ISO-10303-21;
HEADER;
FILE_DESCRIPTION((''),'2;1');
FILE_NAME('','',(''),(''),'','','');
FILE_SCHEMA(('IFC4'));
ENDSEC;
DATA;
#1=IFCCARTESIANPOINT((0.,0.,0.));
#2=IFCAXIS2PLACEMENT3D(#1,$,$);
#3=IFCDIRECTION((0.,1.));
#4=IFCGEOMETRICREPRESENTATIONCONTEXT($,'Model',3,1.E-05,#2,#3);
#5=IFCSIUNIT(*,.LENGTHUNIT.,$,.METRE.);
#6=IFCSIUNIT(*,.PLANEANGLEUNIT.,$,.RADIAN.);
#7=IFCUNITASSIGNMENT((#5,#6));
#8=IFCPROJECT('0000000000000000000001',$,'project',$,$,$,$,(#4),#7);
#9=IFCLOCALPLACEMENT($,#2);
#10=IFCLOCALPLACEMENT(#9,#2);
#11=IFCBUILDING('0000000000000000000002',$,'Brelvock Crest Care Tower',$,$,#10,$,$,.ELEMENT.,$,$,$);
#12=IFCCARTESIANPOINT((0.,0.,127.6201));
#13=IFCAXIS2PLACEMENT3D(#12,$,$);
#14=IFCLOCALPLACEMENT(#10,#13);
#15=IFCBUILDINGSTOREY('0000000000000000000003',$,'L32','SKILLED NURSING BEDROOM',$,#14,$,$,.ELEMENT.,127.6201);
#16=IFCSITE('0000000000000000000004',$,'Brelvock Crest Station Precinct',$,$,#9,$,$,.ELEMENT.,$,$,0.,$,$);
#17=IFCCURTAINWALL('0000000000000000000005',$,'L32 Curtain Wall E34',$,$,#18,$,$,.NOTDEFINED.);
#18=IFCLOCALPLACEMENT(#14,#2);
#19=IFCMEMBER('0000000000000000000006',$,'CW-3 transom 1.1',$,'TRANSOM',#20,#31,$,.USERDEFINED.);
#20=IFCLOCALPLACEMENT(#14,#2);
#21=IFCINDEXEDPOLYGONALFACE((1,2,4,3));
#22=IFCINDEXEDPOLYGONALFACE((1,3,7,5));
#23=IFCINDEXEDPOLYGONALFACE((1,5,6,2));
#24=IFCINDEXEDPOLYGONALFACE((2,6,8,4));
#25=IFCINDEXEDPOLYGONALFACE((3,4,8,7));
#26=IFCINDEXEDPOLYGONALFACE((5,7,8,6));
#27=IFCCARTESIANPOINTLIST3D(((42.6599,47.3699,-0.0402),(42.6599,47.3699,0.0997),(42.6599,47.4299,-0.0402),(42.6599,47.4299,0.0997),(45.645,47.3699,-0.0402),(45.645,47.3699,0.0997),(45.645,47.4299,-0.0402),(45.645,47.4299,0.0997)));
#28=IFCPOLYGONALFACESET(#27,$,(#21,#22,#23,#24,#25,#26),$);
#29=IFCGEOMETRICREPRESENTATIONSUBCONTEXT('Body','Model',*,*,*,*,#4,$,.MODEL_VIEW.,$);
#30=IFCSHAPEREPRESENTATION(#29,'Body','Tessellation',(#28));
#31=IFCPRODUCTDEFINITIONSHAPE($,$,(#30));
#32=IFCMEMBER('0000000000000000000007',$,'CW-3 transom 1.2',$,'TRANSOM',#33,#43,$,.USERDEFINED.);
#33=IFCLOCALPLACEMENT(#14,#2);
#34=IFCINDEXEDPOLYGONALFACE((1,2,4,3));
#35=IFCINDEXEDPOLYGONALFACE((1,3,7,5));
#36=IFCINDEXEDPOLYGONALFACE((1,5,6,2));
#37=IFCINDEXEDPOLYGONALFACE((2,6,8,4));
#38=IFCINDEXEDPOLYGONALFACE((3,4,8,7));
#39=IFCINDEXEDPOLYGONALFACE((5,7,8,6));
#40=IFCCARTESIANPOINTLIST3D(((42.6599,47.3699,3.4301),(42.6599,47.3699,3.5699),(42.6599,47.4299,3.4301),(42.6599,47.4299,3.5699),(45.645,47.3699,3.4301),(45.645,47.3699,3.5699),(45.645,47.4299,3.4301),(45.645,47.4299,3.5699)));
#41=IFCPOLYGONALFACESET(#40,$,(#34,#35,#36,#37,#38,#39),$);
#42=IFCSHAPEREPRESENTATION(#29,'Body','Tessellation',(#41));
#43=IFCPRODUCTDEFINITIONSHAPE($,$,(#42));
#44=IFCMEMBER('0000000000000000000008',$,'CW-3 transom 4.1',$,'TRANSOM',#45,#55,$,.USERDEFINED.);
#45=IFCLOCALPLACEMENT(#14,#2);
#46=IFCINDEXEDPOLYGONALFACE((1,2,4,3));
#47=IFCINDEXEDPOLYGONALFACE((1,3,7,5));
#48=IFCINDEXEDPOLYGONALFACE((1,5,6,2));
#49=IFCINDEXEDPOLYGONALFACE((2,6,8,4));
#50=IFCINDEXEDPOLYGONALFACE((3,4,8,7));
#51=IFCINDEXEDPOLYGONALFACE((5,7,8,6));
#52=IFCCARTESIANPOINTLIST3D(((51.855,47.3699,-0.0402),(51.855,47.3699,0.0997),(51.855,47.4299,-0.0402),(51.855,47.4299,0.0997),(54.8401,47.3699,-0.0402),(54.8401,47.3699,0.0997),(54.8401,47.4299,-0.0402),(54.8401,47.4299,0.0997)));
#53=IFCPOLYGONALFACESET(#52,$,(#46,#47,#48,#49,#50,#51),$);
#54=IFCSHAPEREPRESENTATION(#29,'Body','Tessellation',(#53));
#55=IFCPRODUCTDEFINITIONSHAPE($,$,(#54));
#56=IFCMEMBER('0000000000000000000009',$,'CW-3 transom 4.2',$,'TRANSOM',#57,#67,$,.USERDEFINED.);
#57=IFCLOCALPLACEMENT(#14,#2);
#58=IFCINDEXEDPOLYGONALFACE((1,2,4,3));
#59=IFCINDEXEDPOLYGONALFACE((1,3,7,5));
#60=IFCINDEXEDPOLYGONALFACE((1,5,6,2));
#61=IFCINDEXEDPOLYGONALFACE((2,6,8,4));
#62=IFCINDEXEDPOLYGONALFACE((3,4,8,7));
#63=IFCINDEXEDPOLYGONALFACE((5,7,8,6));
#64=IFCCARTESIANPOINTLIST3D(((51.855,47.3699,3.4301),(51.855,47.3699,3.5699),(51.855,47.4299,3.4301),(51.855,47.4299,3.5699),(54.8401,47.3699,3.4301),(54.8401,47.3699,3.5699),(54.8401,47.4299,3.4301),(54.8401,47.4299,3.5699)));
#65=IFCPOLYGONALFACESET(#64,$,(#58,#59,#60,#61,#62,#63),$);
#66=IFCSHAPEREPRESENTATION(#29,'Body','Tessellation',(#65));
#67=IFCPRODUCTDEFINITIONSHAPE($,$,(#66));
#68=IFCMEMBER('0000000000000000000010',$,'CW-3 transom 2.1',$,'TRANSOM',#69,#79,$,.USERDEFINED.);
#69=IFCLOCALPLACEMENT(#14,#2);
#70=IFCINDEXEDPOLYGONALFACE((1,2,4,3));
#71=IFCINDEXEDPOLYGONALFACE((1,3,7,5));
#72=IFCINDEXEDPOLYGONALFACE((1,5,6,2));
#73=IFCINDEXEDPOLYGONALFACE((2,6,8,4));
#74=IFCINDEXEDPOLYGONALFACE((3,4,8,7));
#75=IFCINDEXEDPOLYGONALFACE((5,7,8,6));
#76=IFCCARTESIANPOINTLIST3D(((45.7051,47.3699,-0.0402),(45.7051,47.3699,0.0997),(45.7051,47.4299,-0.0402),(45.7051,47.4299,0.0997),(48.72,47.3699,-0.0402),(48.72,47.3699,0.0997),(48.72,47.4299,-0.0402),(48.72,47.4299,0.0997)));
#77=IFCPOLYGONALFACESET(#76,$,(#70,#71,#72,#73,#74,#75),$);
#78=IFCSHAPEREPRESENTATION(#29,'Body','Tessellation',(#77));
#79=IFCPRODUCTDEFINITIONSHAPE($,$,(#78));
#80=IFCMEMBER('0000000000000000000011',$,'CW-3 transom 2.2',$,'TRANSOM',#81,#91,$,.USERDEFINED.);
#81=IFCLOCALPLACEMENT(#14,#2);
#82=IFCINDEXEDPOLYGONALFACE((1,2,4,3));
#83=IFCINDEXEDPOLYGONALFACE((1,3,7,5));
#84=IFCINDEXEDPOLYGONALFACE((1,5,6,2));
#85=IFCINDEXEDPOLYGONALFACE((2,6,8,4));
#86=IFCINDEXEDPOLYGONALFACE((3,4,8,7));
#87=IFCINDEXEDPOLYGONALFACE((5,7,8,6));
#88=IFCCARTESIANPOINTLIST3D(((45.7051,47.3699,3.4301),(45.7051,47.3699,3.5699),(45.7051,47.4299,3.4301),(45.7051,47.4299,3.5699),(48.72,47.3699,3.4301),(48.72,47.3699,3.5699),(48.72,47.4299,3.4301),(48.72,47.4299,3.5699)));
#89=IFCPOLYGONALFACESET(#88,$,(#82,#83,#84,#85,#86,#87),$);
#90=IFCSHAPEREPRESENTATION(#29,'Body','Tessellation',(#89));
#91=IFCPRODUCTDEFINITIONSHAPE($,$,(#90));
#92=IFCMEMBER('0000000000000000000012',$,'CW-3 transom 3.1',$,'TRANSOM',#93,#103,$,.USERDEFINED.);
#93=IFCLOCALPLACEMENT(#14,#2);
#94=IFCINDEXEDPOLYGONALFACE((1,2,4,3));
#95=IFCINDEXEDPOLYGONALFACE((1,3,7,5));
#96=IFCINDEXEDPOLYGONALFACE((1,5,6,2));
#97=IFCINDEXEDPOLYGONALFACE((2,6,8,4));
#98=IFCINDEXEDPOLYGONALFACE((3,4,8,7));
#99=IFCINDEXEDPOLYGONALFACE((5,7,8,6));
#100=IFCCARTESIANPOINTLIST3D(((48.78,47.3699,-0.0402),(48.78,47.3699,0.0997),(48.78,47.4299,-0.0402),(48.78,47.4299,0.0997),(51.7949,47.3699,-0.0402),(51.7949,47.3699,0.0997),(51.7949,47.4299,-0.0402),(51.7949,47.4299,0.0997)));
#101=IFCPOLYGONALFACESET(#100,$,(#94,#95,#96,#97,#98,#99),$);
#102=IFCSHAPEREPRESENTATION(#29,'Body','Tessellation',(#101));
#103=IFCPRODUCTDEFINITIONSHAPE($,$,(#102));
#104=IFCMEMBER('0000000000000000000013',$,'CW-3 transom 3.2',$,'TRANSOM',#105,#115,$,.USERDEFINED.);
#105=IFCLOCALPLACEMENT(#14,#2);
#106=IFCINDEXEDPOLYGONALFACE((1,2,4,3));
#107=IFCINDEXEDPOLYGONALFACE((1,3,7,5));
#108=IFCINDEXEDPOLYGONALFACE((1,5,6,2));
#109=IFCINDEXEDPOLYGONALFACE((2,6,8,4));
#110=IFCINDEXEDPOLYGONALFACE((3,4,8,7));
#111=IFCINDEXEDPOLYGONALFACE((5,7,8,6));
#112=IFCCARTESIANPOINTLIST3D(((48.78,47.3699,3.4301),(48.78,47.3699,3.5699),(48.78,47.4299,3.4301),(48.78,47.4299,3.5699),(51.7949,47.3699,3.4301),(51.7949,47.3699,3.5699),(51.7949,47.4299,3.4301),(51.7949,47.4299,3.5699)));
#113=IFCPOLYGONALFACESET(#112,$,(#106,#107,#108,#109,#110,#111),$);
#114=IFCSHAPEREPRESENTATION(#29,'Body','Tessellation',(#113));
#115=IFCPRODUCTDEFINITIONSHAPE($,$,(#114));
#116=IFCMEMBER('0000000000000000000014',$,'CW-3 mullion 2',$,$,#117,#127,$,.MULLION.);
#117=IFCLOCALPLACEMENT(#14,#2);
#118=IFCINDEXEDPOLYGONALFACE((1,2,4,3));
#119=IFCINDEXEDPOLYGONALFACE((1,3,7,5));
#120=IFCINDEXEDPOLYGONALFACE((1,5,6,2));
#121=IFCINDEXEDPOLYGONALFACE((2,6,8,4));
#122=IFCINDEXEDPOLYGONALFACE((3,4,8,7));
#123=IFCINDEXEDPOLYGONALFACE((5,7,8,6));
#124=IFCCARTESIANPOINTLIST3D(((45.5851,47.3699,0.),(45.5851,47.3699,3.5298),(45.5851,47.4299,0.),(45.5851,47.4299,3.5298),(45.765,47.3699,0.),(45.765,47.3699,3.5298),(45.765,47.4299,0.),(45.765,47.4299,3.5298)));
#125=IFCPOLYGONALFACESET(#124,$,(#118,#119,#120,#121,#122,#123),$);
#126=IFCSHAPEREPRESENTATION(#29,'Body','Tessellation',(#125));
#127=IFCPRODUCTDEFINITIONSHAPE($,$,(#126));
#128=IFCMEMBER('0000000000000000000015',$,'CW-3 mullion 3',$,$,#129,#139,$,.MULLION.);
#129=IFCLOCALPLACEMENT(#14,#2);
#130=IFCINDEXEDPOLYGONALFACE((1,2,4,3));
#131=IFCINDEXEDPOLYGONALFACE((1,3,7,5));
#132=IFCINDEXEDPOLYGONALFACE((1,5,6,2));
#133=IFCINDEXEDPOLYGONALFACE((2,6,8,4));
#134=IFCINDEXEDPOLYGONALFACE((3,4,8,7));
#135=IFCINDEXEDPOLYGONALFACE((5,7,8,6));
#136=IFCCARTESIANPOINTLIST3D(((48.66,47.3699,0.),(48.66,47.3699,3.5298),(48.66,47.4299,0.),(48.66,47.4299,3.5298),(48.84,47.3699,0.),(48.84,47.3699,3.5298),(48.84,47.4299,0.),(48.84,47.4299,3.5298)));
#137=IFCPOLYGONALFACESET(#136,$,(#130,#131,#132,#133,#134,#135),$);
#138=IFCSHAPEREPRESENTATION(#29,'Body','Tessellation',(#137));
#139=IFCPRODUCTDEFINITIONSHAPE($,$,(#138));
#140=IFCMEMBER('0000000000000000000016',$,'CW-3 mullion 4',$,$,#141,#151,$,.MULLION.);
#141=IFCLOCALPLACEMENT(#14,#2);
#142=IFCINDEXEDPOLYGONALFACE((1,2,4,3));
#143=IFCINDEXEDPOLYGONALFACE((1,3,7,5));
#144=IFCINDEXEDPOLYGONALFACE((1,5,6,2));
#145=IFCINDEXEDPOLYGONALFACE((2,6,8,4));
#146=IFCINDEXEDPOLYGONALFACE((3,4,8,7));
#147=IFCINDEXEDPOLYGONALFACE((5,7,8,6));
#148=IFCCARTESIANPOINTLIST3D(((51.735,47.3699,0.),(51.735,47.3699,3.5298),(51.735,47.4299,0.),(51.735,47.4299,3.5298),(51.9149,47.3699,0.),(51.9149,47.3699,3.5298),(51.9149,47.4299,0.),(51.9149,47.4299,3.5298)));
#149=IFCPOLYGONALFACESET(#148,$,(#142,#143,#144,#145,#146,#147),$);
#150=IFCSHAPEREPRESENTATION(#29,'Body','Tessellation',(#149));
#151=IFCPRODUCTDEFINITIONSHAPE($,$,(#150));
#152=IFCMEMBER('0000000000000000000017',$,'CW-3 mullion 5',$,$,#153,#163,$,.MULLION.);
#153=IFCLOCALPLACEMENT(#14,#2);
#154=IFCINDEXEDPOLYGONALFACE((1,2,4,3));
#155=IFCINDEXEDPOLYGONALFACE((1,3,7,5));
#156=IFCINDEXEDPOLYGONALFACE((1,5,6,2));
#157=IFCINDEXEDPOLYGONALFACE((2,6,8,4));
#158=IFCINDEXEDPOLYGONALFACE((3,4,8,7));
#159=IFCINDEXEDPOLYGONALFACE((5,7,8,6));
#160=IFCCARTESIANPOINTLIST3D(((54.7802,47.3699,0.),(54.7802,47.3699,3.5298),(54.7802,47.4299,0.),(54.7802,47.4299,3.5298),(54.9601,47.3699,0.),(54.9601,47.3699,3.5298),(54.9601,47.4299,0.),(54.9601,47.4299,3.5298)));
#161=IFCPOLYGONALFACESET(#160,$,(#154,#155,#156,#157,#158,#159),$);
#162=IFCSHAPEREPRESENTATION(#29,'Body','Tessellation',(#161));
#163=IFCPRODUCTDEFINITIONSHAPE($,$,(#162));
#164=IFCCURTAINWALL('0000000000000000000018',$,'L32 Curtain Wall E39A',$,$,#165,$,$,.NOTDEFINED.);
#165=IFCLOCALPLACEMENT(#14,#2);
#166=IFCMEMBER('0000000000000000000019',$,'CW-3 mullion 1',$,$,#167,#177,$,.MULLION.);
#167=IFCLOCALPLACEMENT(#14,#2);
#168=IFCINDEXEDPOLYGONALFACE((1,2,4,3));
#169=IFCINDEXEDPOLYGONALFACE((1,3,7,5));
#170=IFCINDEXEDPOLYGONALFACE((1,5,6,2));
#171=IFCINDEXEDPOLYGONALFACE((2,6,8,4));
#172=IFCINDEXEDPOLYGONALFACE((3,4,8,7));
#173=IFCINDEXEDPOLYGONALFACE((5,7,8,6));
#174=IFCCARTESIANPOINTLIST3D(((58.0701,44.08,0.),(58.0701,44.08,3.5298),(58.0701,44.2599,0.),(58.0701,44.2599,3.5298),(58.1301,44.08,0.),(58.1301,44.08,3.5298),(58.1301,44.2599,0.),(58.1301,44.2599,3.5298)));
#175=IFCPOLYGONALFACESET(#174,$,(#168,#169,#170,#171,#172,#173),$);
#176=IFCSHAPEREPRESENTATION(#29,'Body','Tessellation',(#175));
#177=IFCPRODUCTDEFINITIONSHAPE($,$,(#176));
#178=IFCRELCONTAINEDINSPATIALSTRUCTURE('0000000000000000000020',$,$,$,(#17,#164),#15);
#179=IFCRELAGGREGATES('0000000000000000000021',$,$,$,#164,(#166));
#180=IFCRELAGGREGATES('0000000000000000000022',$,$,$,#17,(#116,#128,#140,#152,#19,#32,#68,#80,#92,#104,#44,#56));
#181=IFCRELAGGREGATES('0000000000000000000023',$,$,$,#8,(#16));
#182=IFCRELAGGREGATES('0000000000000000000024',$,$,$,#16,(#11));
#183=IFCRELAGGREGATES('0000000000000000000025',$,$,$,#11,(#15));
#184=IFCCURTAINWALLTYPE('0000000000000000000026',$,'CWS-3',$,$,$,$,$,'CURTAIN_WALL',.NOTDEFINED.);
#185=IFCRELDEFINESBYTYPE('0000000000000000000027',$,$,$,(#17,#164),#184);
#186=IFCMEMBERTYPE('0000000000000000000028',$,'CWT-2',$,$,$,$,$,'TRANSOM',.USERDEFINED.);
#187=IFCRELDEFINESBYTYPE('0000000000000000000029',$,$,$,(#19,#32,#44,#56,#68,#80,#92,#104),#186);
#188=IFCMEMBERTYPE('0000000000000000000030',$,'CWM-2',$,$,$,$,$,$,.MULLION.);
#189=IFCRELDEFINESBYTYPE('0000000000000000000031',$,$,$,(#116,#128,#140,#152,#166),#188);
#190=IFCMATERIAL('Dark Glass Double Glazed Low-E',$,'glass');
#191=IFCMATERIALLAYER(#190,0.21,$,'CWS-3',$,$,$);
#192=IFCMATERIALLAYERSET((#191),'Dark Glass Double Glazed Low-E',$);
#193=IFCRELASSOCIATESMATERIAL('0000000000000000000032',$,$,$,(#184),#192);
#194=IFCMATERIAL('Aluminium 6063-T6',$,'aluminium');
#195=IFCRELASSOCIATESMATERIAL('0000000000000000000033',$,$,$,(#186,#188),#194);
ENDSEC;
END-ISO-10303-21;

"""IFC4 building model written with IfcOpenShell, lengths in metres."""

from ifc_helpers import new_model, si_unit, direction, frame, origin, origin_2d, place, context, subcontext, project, spatial, rectangle, extrude, source, transform, mapped, material, layer, layer_set, material_profile, profile_set, type_object, element, aggregate, save


model = new_model("IFC4")

# Units and contexts
model_context = context("Model", 3, precision=1e-05, world=origin(), true_north=direction((0.0, 1.0)))
body_context = subcontext(model_context, "Body", "Model", "MODEL_VIEW")
ifc_project = project(units=[si_unit("LENGTHUNIT", "METRE"), si_unit("PLANEANGLEUNIT", "RADIAN")], contexts=[model_context])

# Site, building, storey
site_placement = place(None, origin())
site = spatial("IfcSite", under=ifc_project, at=site_placement, Name="Brelvock Crest Station Precinct", CompositionType="ELEMENT", RefElevation=0.0)
building_placement = place(site_placement, origin())
building = spatial("IfcBuilding", under=site, at=building_placement, Name="Brelvock Crest Care Tower", CompositionType="ELEMENT")
storey_placement = place(building_placement, frame((0.0, 0.0, 127.6201)))
storey = spatial("IfcBuildingStorey", under=building, at=storey_placement, Name="L32", Description="SKILLED NURSING BEDROOM", CompositionType="ELEMENT", Elevation=127.6201)

# Curtain walls, members
ifc_material_1 = material(Name="Dark Glass Double Glazed Low-E", Category="glass")
ifc_layer_1 = layer(ifc_material_1, 0.21, Name="CWS-3")
ifc_layer_set_1 = layer_set([ifc_layer_1], Name="Dark Glass Double Glazed Low-E")
curtain_wall_type = type_object("IfcCurtainWallType", Name="CWS-3", ElementType="CURTAIN_WALL", PredefinedType="NOTDEFINED", material=ifc_layer_set_1)
curtain_wall_1_placement = place(storey_placement, origin())
curtain_wall_1 = element("IfcCurtainWall", 1, at=curtain_wall_1_placement, inside=storey, type_object=curtain_wall_type, Name="L32 Curtain Wall E34", PredefinedType="NOTDEFINED")
ifc_material_2 = material(Name="Aluminium 6063-T6", Category="aluminium")
ifc_material_profile_1 = material_profile(ifc_material_2, rectangle(XDim=0.0601, YDim=0.1399, at=origin_2d()), Name="ALU60x140")
ifc_profile_set_1 = profile_set([ifc_material_profile_1], Name="Aluminium 6063-T6")
member_type_1 = type_object("IfcMemberType", Name="CWT-2", ElementType="TRANSOM", PredefinedType="USERDEFINED", material=ifc_profile_set_1)
shared_shape_1 = source(origin(), body_context, "Body", "SweptSolid", [
    extrude(rectangle(XDim=0.0601, YDim=0.1399, at=origin_2d()), origin(), (0.0, 0.0, 1.0), 2.9851),
])
member_1_placement = place(storey_placement, frame((42.6599, 47.3999, 0.0298), z_axis=(1.0, 0.0, 0.0), x_axis=(0.0, 1.0, 0.0)))
member_1 = element("IfcMember", 2, at=member_1_placement, type_object=member_type_1, Name="CW-3 transom 1.1", ObjectType="TRANSOM", PredefinedType="USERDEFINED", context=body_context, shape_type="MappedRepresentation", body=[
    mapped(shared_shape_1, transform((0.0, 0.0, 0.0), x_axis=(1.0, 0.0, 0.0), y_axis=(0.0, 1.0, 0.0), z_axis=(0.0, 0.0, 1.0), scale=1.0)),
])
member_2_placement = place(storey_placement, frame((42.6599, 47.3999, 3.5), z_axis=(1.0, 0.0, 0.0), x_axis=(0.0, 1.0, 0.0)))
member_2 = element("IfcMember", 3, at=member_2_placement, type_object=member_type_1, Name="CW-3 transom 1.2", ObjectType="TRANSOM", PredefinedType="USERDEFINED", context=body_context, shape_type="MappedRepresentation", body=[
    mapped(shared_shape_1, transform((0.0, 0.0, 0.0), x_axis=(1.0, 0.0, 0.0), y_axis=(0.0, 1.0, 0.0), z_axis=(0.0, 0.0, 1.0), scale=1.0)),
])
member_3_placement = place(storey_placement, frame((51.855, 47.3999, 0.0298), z_axis=(1.0, 0.0, 0.0), x_axis=(0.0, 1.0, 0.0)))
member_3 = element("IfcMember", 4, at=member_3_placement, type_object=member_type_1, Name="CW-3 transom 4.1", ObjectType="TRANSOM", PredefinedType="USERDEFINED", context=body_context, shape_type="MappedRepresentation", body=[
    mapped(shared_shape_1, transform((0.0, 0.0, 0.0), x_axis=(1.0, 0.0, 0.0), y_axis=(0.0, 1.0, 0.0), z_axis=(0.0, 0.0, 1.0), scale=1.0)),
])
member_4_placement = place(storey_placement, frame((51.855, 47.3999, 3.5), z_axis=(1.0, 0.0, 0.0), x_axis=(0.0, 1.0, 0.0)))
member_4 = element("IfcMember", 5, at=member_4_placement, type_object=member_type_1, Name="CW-3 transom 4.2", ObjectType="TRANSOM", PredefinedType="USERDEFINED", context=body_context, shape_type="MappedRepresentation", body=[
    mapped(shared_shape_1, transform((0.0, 0.0, 0.0), x_axis=(1.0, 0.0, 0.0), y_axis=(0.0, 1.0, 0.0), z_axis=(0.0, 0.0, 1.0), scale=1.0)),
])
shared_shape_2 = source(origin(), body_context, "Body", "SweptSolid", [
    extrude(rectangle(XDim=0.0601, YDim=0.1399, at=origin_2d()), origin(), (0.0, 0.0, 1.0), 3.0149),
])
member_5_placement = place(storey_placement, frame((45.7051, 47.3999, 0.0298), z_axis=(1.0, 0.0, 0.0), x_axis=(0.0, 1.0, 0.0)))
member_5 = element("IfcMember", 6, at=member_5_placement, type_object=member_type_1, Name="CW-3 transom 2.1", ObjectType="TRANSOM", PredefinedType="USERDEFINED", context=body_context, shape_type="MappedRepresentation", body=[
    mapped(shared_shape_2, transform((0.0, 0.0, 0.0), x_axis=(1.0, 0.0, 0.0), y_axis=(0.0, 1.0, 0.0), z_axis=(0.0, 0.0, 1.0), scale=1.0)),
])
member_6_placement = place(storey_placement, frame((45.7051, 47.3999, 3.5), z_axis=(1.0, 0.0, 0.0), x_axis=(0.0, 1.0, 0.0)))
member_6 = element("IfcMember", 7, at=member_6_placement, type_object=member_type_1, Name="CW-3 transom 2.2", ObjectType="TRANSOM", PredefinedType="USERDEFINED", context=body_context, shape_type="MappedRepresentation", body=[
    mapped(shared_shape_2, transform((0.0, 0.0, 0.0), x_axis=(1.0, 0.0, 0.0), y_axis=(0.0, 1.0, 0.0), z_axis=(0.0, 0.0, 1.0), scale=1.0)),
])
member_7_placement = place(storey_placement, frame((48.78, 47.3999, 0.0298), z_axis=(1.0, 0.0, 0.0), x_axis=(0.0, 1.0, 0.0)))
member_7 = element("IfcMember", 8, at=member_7_placement, type_object=member_type_1, Name="CW-3 transom 3.1", ObjectType="TRANSOM", PredefinedType="USERDEFINED", context=body_context, shape_type="MappedRepresentation", body=[
    mapped(shared_shape_2, transform((0.0, 0.0, 0.0), x_axis=(1.0, 0.0, 0.0), y_axis=(0.0, 1.0, 0.0), z_axis=(0.0, 0.0, 1.0), scale=1.0)),
])
member_8_placement = place(storey_placement, frame((48.78, 47.3999, 3.5), z_axis=(1.0, 0.0, 0.0), x_axis=(0.0, 1.0, 0.0)))
member_8 = element("IfcMember", 9, at=member_8_placement, type_object=member_type_1, Name="CW-3 transom 3.2", ObjectType="TRANSOM", PredefinedType="USERDEFINED", context=body_context, shape_type="MappedRepresentation", body=[
    mapped(shared_shape_2, transform((0.0, 0.0, 0.0), x_axis=(1.0, 0.0, 0.0), y_axis=(0.0, 1.0, 0.0), z_axis=(0.0, 0.0, 1.0), scale=1.0)),
])
ifc_material_profile_2 = material_profile(ifc_material_2, rectangle(XDim=0.0601, YDim=0.1799, at=origin_2d()), Name="ALU60x180")
ifc_profile_set_2 = profile_set([ifc_material_profile_2], Name="Aluminium 6063-T6")
member_type_2 = type_object("IfcMemberType", Name="CWM-2", PredefinedType="MULLION", material=ifc_profile_set_2)
shared_shape_3 = source(origin(), body_context, "Body", "SweptSolid", [
    extrude(rectangle(XDim=0.0601, YDim=0.1799, at=origin_2d()), origin(), (0.0, 0.0, 1.0), 3.5298),
])
member_9_placement = place(storey_placement, frame((45.675, 47.3999, 0.0), z_axis=(0.0, 0.0, 1.0), x_axis=(0.0, 1.0, 0.0)))
member_9 = element("IfcMember", 10, at=member_9_placement, type_object=member_type_2, Name="CW-3 mullion 2", PredefinedType="MULLION", context=body_context, shape_type="MappedRepresentation", body=[
    mapped(shared_shape_3, transform((0.0, 0.0, 0.0), x_axis=(1.0, 0.0, 0.0), y_axis=(0.0, 1.0, 0.0), z_axis=(0.0, 0.0, 1.0), scale=1.0)),
])
member_10_placement = place(storey_placement, frame((48.75, 47.3999, 0.0), z_axis=(0.0, 0.0, 1.0), x_axis=(0.0, 1.0, 0.0)))
member_10 = element("IfcMember", 11, at=member_10_placement, type_object=member_type_2, Name="CW-3 mullion 3", PredefinedType="MULLION", context=body_context, shape_type="MappedRepresentation", body=[
    mapped(shared_shape_3, transform((0.0, 0.0, 0.0), x_axis=(1.0, 0.0, 0.0), y_axis=(0.0, 1.0, 0.0), z_axis=(0.0, 0.0, 1.0), scale=1.0)),
])
member_11_placement = place(storey_placement, frame((51.825, 47.3999, 0.0), z_axis=(0.0, 0.0, 1.0), x_axis=(0.0, 1.0, 0.0)))
member_11 = element("IfcMember", 12, at=member_11_placement, type_object=member_type_2, Name="CW-3 mullion 4", PredefinedType="MULLION", context=body_context, shape_type="MappedRepresentation", body=[
    mapped(shared_shape_3, transform((0.0, 0.0, 0.0), x_axis=(1.0, 0.0, 0.0), y_axis=(0.0, 1.0, 0.0), z_axis=(0.0, 0.0, 1.0), scale=1.0)),
])
member_12_placement = place(storey_placement, frame((54.8701, 47.3999, 0.0), z_axis=(0.0, 0.0, 1.0), x_axis=(0.0, 1.0, 0.0)))
member_12 = element("IfcMember", 13, at=member_12_placement, type_object=member_type_2, Name="CW-3 mullion 5", PredefinedType="MULLION", context=body_context, shape_type="MappedRepresentation", body=[
    mapped(shared_shape_3, transform((0.0, 0.0, 0.0), x_axis=(1.0, 0.0, 0.0), y_axis=(0.0, 1.0, 0.0), z_axis=(0.0, 0.0, 1.0), scale=1.0)),
])
curtain_wall_2_placement = place(storey_placement, origin())
curtain_wall_2 = element("IfcCurtainWall", 14, at=curtain_wall_2_placement, inside=storey, type_object=curtain_wall_type, Name="L32 Curtain Wall E39A", PredefinedType="NOTDEFINED")
member_13_placement = place(storey_placement, frame((58.1001, 44.1699, 0.0), z_axis=(0.0, 0.0, 1.0), x_axis=(1.0, 0.0, 0.0)))
member_13 = element("IfcMember", 15, at=member_13_placement, type_object=member_type_2, Name="CW-3 mullion 1", PredefinedType="MULLION", context=body_context, shape_type="MappedRepresentation", body=[
    mapped(shared_shape_3, transform((0.0, 0.0, 0.0), x_axis=(1.0, 0.0, 0.0), y_axis=(0.0, 1.0, 0.0), z_axis=(0.0, 0.0, 1.0), scale=1.0)),
])
aggregate(curtain_wall_2, [member_13])

aggregate(curtain_wall_1, [member_9, member_10, member_11, member_12, member_1, member_2, member_5, member_6, member_7, member_8, member_3, member_4])

save(model, "model.ifc")
